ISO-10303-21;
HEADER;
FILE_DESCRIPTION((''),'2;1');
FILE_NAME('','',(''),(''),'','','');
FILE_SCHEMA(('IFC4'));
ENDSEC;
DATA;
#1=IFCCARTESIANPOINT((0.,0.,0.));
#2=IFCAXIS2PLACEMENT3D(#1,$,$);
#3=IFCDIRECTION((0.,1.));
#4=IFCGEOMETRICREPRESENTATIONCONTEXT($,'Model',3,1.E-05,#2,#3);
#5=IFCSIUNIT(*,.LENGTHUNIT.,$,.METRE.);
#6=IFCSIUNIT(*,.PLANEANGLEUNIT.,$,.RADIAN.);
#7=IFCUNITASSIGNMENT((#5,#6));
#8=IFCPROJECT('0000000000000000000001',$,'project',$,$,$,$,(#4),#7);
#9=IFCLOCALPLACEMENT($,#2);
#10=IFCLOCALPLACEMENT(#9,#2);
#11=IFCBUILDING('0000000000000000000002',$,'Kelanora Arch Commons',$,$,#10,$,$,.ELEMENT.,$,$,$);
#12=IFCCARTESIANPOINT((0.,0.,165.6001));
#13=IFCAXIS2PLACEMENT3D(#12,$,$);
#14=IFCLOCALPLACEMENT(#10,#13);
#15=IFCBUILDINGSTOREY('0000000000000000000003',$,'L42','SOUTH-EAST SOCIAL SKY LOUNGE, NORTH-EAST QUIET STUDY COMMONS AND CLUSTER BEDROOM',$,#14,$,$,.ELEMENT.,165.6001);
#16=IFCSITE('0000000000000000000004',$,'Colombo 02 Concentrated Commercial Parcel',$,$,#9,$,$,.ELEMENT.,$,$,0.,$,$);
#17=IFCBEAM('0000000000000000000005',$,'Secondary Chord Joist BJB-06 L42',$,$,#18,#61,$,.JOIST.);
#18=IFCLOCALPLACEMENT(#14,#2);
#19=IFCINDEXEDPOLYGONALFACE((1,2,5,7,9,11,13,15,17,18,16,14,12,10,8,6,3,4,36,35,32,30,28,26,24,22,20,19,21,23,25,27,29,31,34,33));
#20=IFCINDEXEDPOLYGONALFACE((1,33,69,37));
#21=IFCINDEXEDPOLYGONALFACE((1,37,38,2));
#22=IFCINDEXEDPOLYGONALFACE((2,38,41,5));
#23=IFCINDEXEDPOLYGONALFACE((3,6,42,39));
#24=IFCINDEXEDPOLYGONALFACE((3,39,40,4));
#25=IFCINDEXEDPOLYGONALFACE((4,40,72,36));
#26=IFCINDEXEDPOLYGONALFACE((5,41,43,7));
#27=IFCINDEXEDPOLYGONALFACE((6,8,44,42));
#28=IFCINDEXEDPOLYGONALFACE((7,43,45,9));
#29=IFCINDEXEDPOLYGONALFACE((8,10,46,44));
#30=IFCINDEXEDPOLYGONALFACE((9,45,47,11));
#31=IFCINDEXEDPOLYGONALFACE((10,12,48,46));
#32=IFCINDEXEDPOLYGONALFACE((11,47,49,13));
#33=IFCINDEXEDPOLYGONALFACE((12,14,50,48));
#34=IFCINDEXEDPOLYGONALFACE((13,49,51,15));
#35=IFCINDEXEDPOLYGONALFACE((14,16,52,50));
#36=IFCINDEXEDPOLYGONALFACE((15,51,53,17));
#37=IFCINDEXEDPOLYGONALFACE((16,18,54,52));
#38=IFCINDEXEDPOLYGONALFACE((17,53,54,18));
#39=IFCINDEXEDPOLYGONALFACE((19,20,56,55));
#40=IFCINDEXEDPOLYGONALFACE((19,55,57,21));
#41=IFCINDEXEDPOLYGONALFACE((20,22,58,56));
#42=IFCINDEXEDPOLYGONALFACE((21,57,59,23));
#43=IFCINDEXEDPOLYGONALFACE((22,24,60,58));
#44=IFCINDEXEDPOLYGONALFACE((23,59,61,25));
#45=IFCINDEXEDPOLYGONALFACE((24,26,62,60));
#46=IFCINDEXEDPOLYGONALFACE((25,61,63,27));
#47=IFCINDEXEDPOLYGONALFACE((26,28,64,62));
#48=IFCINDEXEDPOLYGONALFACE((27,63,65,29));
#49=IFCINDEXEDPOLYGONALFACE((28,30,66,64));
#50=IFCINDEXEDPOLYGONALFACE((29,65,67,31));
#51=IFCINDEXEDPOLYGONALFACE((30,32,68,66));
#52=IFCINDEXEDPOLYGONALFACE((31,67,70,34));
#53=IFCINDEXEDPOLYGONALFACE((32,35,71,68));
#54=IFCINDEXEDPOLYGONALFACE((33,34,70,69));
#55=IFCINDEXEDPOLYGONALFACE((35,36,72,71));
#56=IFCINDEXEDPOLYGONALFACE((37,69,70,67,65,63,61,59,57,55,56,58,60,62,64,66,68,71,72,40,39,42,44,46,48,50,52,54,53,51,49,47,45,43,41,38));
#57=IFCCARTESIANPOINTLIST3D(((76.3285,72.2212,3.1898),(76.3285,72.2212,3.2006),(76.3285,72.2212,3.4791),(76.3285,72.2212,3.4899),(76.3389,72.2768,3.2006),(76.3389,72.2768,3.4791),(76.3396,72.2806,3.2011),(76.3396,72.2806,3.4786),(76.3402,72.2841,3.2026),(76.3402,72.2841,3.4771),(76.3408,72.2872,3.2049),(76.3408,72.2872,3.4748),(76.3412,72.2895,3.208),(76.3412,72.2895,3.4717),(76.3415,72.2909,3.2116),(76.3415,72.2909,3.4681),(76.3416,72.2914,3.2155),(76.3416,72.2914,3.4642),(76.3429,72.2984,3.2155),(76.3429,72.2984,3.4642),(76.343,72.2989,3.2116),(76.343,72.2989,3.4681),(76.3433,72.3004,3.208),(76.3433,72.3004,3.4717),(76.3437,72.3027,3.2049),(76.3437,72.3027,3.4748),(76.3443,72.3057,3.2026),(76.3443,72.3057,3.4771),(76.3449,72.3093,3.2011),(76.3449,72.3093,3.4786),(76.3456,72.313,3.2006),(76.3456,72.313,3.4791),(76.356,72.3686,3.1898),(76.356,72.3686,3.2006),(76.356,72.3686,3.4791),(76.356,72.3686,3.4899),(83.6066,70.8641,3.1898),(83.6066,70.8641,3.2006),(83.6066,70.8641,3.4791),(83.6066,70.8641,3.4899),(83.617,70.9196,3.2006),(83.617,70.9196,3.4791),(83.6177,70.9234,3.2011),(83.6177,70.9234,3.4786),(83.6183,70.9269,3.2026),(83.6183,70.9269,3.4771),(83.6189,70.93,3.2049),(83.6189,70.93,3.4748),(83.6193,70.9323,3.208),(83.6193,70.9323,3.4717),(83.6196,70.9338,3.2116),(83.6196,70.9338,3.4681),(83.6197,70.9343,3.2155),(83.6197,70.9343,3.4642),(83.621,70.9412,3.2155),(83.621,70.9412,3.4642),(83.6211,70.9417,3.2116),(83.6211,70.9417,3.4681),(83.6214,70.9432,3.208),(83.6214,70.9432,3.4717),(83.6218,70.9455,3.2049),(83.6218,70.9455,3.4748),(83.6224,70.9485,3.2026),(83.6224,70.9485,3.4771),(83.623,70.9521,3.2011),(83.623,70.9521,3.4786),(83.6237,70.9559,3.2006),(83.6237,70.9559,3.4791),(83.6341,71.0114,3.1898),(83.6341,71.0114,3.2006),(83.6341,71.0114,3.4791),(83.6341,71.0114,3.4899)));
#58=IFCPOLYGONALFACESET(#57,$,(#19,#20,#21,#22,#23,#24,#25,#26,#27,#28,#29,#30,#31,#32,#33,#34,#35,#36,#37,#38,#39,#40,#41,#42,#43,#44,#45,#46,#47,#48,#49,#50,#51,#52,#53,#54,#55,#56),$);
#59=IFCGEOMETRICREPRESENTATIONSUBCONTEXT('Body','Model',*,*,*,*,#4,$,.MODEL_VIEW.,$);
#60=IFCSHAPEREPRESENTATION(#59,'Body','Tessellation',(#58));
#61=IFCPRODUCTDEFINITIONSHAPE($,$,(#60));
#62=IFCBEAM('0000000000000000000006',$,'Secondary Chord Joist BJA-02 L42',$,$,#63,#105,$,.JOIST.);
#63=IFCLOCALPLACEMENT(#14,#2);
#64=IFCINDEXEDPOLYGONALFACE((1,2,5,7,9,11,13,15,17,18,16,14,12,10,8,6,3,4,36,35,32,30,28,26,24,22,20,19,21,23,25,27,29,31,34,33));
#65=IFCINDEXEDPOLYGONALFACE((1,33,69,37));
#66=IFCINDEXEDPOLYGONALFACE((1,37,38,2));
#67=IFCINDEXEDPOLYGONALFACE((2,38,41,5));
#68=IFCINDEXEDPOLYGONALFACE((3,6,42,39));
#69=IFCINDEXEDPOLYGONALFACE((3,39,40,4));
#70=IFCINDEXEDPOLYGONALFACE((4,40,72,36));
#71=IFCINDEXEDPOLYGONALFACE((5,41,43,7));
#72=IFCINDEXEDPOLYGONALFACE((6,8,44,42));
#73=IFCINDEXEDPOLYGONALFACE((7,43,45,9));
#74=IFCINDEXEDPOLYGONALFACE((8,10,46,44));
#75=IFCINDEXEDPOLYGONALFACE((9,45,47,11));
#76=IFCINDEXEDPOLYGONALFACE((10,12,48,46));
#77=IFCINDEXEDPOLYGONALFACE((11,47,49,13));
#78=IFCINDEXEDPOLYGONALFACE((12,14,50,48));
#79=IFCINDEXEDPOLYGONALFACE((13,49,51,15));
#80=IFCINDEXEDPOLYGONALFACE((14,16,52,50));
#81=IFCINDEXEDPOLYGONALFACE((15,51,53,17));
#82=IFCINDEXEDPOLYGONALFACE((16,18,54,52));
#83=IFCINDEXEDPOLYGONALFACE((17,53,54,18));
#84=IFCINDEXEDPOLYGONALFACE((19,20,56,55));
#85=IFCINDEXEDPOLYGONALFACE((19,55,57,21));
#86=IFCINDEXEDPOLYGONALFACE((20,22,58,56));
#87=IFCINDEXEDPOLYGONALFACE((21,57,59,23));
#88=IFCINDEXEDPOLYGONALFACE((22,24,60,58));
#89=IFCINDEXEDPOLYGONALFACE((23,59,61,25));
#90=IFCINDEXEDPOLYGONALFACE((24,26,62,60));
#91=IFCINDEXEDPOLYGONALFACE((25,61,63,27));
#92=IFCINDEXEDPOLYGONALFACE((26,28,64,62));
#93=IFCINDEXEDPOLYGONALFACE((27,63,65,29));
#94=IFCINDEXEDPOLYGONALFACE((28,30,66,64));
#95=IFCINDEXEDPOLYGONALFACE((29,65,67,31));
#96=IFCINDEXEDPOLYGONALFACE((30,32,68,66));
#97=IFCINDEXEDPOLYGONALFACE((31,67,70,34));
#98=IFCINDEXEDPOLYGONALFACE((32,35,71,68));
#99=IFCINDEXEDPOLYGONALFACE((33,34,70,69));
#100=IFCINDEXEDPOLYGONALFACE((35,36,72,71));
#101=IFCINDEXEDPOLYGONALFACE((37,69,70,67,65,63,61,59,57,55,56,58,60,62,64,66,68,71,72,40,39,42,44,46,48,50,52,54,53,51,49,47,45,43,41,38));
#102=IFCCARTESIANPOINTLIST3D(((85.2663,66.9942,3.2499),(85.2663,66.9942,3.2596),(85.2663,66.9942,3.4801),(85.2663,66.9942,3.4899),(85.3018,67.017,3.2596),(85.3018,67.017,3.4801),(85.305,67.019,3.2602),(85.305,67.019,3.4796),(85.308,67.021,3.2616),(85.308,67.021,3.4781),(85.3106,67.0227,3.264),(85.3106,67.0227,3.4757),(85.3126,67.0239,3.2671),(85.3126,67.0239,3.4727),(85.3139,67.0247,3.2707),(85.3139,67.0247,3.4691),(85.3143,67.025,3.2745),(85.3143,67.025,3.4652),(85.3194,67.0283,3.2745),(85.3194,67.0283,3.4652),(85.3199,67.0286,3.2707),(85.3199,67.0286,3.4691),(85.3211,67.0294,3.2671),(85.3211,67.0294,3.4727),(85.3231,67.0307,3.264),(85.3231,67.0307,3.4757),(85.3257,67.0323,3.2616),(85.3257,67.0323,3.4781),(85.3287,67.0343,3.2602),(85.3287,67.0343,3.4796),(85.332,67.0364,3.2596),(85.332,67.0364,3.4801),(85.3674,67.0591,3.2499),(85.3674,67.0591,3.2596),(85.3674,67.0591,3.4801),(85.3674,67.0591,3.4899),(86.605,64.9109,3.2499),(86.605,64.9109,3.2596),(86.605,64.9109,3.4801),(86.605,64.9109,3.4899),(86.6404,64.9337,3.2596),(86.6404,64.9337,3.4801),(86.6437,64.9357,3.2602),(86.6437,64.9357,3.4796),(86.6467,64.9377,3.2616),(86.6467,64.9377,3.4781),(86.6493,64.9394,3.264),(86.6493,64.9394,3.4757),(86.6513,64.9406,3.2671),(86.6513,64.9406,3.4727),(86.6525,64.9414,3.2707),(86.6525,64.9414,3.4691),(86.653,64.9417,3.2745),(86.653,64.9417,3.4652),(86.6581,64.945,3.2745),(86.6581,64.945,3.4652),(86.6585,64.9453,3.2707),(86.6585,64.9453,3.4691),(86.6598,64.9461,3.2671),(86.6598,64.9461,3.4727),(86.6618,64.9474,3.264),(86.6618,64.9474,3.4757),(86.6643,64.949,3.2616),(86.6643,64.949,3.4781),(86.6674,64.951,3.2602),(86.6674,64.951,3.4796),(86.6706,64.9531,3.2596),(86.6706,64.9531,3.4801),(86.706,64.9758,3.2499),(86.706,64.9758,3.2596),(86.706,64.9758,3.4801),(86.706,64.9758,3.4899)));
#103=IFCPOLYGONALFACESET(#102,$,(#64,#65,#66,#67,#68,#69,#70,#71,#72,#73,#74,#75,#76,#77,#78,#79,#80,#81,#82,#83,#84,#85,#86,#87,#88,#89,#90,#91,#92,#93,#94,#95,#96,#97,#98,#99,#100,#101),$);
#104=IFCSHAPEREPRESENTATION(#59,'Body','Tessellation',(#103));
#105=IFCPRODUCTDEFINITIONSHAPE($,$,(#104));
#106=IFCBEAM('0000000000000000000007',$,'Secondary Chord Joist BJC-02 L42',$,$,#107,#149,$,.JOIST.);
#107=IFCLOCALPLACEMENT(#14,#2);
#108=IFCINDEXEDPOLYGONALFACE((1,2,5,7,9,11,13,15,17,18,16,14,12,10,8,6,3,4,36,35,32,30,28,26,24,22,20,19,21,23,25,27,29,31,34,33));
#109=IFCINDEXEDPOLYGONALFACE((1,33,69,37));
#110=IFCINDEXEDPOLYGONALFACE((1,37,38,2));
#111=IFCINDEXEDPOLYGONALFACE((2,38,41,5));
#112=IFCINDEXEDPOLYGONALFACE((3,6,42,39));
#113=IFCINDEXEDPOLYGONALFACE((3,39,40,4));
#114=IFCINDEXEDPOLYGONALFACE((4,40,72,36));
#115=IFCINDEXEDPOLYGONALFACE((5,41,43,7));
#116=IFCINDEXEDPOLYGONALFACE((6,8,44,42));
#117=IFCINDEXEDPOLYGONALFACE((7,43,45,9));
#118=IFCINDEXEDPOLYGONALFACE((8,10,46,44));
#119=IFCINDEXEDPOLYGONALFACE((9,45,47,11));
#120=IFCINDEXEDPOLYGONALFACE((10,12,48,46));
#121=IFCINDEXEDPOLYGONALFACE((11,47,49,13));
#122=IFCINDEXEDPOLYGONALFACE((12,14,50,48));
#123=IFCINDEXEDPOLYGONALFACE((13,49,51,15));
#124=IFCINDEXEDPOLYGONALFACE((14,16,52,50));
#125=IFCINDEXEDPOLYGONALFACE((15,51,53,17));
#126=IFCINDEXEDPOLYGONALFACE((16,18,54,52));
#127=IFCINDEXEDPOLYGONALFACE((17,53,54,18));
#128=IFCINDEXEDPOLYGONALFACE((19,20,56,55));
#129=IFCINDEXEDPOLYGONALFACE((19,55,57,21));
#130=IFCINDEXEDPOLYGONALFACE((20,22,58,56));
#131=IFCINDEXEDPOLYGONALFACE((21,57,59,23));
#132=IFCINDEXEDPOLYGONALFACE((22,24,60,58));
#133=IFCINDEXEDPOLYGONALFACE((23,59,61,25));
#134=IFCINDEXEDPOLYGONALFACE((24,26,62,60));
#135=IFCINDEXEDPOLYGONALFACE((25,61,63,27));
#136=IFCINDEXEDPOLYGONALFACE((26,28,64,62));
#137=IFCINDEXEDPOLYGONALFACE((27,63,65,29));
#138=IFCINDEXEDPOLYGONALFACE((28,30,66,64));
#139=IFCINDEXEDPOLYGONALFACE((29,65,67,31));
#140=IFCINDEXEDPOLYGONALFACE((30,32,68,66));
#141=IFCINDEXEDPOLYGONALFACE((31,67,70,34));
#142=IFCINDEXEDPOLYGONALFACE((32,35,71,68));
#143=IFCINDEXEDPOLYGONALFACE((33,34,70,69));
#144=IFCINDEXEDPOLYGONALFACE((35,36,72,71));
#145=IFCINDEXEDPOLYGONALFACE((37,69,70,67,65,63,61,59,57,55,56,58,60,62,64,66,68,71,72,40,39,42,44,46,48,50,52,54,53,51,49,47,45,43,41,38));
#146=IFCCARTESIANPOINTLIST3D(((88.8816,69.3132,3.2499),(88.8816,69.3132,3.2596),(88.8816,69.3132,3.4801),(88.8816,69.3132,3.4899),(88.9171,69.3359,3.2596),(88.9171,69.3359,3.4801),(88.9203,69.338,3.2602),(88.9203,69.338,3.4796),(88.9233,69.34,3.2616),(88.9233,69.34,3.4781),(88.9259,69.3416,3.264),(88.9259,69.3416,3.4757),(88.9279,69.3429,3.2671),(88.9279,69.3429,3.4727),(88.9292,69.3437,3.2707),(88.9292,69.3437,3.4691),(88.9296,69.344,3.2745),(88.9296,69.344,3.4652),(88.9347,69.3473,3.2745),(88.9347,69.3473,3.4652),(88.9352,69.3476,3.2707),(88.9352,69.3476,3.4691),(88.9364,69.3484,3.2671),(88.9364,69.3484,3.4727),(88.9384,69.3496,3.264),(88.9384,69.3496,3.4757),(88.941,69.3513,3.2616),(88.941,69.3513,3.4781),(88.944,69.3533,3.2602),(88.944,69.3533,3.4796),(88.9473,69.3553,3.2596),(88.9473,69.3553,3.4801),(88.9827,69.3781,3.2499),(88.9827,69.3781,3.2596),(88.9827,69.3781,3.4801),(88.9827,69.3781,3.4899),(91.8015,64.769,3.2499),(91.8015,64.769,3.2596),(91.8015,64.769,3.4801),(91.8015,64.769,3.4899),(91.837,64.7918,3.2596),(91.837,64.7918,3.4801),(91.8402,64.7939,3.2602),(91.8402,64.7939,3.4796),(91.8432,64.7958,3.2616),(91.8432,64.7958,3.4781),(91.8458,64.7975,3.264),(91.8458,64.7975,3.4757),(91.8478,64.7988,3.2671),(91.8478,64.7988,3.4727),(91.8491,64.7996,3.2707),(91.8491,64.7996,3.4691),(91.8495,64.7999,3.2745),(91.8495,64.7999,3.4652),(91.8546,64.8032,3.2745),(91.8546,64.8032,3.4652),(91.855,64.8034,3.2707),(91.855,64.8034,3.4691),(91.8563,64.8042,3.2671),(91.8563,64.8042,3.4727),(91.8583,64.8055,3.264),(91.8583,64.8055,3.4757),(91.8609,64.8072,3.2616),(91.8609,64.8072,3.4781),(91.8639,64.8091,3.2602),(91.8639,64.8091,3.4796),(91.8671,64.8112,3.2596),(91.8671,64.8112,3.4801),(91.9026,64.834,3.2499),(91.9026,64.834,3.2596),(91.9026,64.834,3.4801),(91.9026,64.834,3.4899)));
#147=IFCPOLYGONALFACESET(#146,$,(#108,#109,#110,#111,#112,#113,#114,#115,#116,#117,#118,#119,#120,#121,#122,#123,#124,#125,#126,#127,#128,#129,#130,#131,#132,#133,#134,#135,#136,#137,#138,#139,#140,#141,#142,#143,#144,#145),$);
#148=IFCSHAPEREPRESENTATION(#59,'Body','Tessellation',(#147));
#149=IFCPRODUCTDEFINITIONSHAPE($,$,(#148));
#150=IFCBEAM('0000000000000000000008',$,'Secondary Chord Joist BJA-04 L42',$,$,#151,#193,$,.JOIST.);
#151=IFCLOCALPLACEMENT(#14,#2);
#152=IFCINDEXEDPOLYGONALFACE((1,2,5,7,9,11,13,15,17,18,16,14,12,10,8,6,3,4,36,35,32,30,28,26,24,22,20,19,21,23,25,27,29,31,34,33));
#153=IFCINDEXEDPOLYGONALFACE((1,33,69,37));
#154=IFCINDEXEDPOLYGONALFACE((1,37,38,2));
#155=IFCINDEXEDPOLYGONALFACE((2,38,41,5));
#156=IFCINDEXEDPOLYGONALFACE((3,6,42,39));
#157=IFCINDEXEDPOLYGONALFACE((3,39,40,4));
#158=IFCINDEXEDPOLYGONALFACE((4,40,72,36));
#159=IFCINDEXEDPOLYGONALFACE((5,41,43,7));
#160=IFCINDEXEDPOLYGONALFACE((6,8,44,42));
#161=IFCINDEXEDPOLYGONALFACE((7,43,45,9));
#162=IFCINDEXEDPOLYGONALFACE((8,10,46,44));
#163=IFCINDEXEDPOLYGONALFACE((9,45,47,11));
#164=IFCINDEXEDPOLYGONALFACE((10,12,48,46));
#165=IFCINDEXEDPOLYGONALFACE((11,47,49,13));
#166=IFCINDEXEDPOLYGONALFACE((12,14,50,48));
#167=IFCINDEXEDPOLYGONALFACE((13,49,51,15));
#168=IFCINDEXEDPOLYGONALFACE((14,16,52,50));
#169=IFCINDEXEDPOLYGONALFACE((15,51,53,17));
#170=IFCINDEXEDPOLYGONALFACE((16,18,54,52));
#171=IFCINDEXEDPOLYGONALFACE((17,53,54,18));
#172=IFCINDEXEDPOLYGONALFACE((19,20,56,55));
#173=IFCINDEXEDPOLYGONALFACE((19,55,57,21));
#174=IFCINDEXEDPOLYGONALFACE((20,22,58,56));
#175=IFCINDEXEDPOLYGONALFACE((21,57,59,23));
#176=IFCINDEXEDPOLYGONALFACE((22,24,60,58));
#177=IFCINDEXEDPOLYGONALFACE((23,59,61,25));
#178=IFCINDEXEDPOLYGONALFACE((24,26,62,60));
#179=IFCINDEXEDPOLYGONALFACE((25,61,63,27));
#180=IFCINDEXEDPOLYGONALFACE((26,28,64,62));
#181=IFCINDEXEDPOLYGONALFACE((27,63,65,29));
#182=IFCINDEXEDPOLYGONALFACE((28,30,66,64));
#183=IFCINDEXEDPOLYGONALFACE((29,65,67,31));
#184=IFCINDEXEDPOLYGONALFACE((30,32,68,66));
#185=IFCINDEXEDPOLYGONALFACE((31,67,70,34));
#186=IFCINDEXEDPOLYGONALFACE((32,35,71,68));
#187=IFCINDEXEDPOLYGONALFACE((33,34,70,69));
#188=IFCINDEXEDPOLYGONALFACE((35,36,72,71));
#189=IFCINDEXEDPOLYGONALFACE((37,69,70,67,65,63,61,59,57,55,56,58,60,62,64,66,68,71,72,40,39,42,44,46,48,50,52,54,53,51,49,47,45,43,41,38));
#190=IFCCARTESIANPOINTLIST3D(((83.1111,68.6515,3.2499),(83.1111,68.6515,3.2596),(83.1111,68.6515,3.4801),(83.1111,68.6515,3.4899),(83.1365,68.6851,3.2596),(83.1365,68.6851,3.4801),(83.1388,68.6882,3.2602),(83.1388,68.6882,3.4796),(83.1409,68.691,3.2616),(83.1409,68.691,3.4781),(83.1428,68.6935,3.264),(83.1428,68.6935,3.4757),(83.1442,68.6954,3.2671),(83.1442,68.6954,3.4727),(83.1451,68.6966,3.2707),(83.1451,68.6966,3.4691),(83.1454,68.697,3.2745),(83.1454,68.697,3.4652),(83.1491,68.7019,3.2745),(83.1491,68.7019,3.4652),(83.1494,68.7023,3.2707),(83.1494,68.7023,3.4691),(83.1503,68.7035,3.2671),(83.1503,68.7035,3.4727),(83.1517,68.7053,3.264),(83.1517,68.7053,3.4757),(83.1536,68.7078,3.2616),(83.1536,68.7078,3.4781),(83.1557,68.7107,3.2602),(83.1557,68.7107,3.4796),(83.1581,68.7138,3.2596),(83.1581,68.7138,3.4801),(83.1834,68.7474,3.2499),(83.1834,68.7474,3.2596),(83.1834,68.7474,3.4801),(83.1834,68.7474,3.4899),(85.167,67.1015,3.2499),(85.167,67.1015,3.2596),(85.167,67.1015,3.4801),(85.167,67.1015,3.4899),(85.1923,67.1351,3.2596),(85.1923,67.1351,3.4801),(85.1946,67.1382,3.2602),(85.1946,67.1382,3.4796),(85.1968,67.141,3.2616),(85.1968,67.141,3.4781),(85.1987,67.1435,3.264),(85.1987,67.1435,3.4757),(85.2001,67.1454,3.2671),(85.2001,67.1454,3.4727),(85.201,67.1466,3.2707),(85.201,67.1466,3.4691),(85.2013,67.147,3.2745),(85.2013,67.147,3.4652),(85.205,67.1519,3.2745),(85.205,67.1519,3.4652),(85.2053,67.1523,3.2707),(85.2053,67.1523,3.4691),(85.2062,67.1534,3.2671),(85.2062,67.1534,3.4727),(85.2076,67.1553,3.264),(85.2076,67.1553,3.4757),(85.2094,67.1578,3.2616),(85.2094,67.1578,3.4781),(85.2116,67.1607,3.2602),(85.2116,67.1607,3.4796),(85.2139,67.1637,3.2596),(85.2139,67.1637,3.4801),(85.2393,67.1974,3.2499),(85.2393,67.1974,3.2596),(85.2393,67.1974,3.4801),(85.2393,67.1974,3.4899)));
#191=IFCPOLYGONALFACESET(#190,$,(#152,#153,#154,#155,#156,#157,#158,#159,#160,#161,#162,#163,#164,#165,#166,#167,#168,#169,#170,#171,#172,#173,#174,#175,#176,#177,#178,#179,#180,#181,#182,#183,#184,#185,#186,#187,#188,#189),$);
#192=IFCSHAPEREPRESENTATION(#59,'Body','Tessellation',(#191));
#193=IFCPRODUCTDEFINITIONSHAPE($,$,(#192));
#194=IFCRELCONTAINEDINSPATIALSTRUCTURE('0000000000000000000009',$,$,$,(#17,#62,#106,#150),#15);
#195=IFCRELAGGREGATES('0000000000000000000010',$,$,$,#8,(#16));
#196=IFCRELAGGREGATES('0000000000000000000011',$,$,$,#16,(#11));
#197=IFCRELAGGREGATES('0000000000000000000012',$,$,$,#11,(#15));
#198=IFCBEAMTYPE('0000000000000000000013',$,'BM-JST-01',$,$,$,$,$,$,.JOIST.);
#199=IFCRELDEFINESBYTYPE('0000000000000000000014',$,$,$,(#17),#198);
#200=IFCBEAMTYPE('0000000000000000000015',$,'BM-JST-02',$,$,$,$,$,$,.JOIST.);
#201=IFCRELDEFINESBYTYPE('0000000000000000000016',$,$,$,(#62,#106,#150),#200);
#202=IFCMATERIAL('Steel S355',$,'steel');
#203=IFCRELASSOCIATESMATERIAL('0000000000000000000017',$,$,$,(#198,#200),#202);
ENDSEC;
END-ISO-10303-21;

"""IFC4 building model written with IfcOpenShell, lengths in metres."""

from ifc_helpers import new_model, si_unit, direction, frame, origin, origin_2d, place, context, subcontext, project, spatial, i_section, extrude, material, material_profile, profile_set, type_object, element, save


model = new_model("IFC4")

# Units and contexts
model_context = context("Model", 3, precision=1e-05, world=origin(), true_north=direction((0.0, 1.0)))
body_context = subcontext(model_context, "Body", "Model", "MODEL_VIEW")
ifc_project = project(units=[si_unit("LENGTHUNIT", "METRE"), si_unit("PLANEANGLEUNIT", "RADIAN")], contexts=[model_context])

# Site, building, storey
site_placement = place(None, origin())
site = spatial("IfcSite", under=ifc_project, at=site_placement, Name="Colombo 02 Concentrated Commercial Parcel", CompositionType="ELEMENT", RefElevation=0.0)
building_placement = place(site_placement, origin())
building = spatial("IfcBuilding", under=site, at=building_placement, Name="Kelanora Arch Commons", CompositionType="ELEMENT")
storey_placement = place(building_placement, frame((0.0, 0.0, 165.6001)))
storey = spatial("IfcBuildingStorey", under=building, at=storey_placement, Name="L42", Description="SOUTH-EAST SOCIAL SKY LOUNGE, NORTH-EAST QUIET STUDY COMMONS AND CLUSTER BEDROOM", CompositionType="ELEMENT", Elevation=165.6001)

# Beams
ifc_material_1 = material(Name="Steel S355", Category="steel")
ifc_material_profile_1 = material_profile(ifc_material_1, i_section(OverallWidth=0.1499, OverallDepth=0.3, WebThickness=0.0071, FlangeThickness=0.0107, FilletRadius=0.0149, at=origin_2d()), Name="IPE300")
ifc_profile_set_1 = profile_set([ifc_material_profile_1], Name="Steel S355")
beam_type_1 = type_object("IfcBeamType", Name="BM-JST-01", PredefinedType="JOIST", material=ifc_profile_set_1)
beam_1_placement = place(storey_placement, frame((83.6204, 70.9377, 3.3398), z_axis=(-0.983054, 0.183315, 0.0), x_axis=(-0.183315, -0.983054, 0.0)))
element("IfcBeam", 1, at=beam_1_placement, inside=storey, type_object=beam_type_1, Name="Secondary Chord Joist BJB-06 L42", PredefinedType="JOIST", context=body_context, shape_type="SweptSolid", body=[
    extrude(i_section(OverallWidth=0.1499, OverallDepth=0.3, WebThickness=0.0071, FlangeThickness=0.0107, FilletRadius=0.0149, at=origin_2d()), origin(), (0.0, 0.0, 1.0), 7.4036),
])
ifc_material_profile_2 = material_profile(ifc_material_1, i_section(OverallWidth=0.1201, OverallDepth=0.24, WebThickness=0.0061, FlangeThickness=0.0098, FilletRadius=0.0149, at=origin_2d()), Name="IPE240")
ifc_profile_set_2 = profile_set([ifc_material_profile_2], Name="Steel S355")
beam_type_2 = type_object("IfcBeamType", Name="BM-JST-02", PredefinedType="JOIST", material=ifc_profile_set_2)
beam_2_placement = place(storey_placement, frame((86.6555, 64.9434, 3.3699), z_axis=(-0.540583, 0.841291, 0.0), x_axis=(-0.841291, -0.540583, 0.0)))
element("IfcBeam", 2, at=beam_2_placement, inside=storey, type_object=beam_type_2, Name="Secondary Chord Joist BJA-02 L42", PredefinedType="JOIST", context=body_context, shape_type="SweptSolid", body=[
    extrude(i_section(OverallWidth=0.1201, OverallDepth=0.24, WebThickness=0.0061, FlangeThickness=0.0098, FilletRadius=0.0149, at=origin_2d()), origin(), (0.0, 0.0, 1.0), 2.4763),
])
beam_3_placement = place(storey_placement, frame((91.8521, 64.8015, 3.3699), z_axis=(-0.540582, 0.841292, 0.0), x_axis=(-0.841292, -0.540582, 0.0)))
element("IfcBeam", 3, at=beam_3_placement, inside=storey, type_object=beam_type_2, Name="Secondary Chord Joist BJC-02 L42", PredefinedType="JOIST", context=body_context, shape_type="SweptSolid", body=[
    extrude(i_section(OverallWidth=0.1201, OverallDepth=0.24, WebThickness=0.0061, FlangeThickness=0.0098, FilletRadius=0.0149, at=origin_2d()), origin(), (0.0, 0.0, 1.0), 5.4014),
])
beam_4_placement = place(storey_placement, frame((85.2031, 67.1494, 3.3699), z_axis=(-0.798484, 0.602016, 0.0), x_axis=(-0.602016, -0.798484, 0.0)))
element("IfcBeam", 4, at=beam_4_placement, inside=storey, type_object=beam_type_2, Name="Secondary Chord Joist BJA-04 L42", PredefinedType="JOIST", context=body_context, shape_type="SweptSolid", body=[
    extrude(i_section(OverallWidth=0.1201, OverallDepth=0.24, WebThickness=0.0061, FlangeThickness=0.0098, FilletRadius=0.0149, at=origin_2d()), origin(), (0.0, 0.0, 1.0), 2.5747),
])

save(model, "model.ifc")
